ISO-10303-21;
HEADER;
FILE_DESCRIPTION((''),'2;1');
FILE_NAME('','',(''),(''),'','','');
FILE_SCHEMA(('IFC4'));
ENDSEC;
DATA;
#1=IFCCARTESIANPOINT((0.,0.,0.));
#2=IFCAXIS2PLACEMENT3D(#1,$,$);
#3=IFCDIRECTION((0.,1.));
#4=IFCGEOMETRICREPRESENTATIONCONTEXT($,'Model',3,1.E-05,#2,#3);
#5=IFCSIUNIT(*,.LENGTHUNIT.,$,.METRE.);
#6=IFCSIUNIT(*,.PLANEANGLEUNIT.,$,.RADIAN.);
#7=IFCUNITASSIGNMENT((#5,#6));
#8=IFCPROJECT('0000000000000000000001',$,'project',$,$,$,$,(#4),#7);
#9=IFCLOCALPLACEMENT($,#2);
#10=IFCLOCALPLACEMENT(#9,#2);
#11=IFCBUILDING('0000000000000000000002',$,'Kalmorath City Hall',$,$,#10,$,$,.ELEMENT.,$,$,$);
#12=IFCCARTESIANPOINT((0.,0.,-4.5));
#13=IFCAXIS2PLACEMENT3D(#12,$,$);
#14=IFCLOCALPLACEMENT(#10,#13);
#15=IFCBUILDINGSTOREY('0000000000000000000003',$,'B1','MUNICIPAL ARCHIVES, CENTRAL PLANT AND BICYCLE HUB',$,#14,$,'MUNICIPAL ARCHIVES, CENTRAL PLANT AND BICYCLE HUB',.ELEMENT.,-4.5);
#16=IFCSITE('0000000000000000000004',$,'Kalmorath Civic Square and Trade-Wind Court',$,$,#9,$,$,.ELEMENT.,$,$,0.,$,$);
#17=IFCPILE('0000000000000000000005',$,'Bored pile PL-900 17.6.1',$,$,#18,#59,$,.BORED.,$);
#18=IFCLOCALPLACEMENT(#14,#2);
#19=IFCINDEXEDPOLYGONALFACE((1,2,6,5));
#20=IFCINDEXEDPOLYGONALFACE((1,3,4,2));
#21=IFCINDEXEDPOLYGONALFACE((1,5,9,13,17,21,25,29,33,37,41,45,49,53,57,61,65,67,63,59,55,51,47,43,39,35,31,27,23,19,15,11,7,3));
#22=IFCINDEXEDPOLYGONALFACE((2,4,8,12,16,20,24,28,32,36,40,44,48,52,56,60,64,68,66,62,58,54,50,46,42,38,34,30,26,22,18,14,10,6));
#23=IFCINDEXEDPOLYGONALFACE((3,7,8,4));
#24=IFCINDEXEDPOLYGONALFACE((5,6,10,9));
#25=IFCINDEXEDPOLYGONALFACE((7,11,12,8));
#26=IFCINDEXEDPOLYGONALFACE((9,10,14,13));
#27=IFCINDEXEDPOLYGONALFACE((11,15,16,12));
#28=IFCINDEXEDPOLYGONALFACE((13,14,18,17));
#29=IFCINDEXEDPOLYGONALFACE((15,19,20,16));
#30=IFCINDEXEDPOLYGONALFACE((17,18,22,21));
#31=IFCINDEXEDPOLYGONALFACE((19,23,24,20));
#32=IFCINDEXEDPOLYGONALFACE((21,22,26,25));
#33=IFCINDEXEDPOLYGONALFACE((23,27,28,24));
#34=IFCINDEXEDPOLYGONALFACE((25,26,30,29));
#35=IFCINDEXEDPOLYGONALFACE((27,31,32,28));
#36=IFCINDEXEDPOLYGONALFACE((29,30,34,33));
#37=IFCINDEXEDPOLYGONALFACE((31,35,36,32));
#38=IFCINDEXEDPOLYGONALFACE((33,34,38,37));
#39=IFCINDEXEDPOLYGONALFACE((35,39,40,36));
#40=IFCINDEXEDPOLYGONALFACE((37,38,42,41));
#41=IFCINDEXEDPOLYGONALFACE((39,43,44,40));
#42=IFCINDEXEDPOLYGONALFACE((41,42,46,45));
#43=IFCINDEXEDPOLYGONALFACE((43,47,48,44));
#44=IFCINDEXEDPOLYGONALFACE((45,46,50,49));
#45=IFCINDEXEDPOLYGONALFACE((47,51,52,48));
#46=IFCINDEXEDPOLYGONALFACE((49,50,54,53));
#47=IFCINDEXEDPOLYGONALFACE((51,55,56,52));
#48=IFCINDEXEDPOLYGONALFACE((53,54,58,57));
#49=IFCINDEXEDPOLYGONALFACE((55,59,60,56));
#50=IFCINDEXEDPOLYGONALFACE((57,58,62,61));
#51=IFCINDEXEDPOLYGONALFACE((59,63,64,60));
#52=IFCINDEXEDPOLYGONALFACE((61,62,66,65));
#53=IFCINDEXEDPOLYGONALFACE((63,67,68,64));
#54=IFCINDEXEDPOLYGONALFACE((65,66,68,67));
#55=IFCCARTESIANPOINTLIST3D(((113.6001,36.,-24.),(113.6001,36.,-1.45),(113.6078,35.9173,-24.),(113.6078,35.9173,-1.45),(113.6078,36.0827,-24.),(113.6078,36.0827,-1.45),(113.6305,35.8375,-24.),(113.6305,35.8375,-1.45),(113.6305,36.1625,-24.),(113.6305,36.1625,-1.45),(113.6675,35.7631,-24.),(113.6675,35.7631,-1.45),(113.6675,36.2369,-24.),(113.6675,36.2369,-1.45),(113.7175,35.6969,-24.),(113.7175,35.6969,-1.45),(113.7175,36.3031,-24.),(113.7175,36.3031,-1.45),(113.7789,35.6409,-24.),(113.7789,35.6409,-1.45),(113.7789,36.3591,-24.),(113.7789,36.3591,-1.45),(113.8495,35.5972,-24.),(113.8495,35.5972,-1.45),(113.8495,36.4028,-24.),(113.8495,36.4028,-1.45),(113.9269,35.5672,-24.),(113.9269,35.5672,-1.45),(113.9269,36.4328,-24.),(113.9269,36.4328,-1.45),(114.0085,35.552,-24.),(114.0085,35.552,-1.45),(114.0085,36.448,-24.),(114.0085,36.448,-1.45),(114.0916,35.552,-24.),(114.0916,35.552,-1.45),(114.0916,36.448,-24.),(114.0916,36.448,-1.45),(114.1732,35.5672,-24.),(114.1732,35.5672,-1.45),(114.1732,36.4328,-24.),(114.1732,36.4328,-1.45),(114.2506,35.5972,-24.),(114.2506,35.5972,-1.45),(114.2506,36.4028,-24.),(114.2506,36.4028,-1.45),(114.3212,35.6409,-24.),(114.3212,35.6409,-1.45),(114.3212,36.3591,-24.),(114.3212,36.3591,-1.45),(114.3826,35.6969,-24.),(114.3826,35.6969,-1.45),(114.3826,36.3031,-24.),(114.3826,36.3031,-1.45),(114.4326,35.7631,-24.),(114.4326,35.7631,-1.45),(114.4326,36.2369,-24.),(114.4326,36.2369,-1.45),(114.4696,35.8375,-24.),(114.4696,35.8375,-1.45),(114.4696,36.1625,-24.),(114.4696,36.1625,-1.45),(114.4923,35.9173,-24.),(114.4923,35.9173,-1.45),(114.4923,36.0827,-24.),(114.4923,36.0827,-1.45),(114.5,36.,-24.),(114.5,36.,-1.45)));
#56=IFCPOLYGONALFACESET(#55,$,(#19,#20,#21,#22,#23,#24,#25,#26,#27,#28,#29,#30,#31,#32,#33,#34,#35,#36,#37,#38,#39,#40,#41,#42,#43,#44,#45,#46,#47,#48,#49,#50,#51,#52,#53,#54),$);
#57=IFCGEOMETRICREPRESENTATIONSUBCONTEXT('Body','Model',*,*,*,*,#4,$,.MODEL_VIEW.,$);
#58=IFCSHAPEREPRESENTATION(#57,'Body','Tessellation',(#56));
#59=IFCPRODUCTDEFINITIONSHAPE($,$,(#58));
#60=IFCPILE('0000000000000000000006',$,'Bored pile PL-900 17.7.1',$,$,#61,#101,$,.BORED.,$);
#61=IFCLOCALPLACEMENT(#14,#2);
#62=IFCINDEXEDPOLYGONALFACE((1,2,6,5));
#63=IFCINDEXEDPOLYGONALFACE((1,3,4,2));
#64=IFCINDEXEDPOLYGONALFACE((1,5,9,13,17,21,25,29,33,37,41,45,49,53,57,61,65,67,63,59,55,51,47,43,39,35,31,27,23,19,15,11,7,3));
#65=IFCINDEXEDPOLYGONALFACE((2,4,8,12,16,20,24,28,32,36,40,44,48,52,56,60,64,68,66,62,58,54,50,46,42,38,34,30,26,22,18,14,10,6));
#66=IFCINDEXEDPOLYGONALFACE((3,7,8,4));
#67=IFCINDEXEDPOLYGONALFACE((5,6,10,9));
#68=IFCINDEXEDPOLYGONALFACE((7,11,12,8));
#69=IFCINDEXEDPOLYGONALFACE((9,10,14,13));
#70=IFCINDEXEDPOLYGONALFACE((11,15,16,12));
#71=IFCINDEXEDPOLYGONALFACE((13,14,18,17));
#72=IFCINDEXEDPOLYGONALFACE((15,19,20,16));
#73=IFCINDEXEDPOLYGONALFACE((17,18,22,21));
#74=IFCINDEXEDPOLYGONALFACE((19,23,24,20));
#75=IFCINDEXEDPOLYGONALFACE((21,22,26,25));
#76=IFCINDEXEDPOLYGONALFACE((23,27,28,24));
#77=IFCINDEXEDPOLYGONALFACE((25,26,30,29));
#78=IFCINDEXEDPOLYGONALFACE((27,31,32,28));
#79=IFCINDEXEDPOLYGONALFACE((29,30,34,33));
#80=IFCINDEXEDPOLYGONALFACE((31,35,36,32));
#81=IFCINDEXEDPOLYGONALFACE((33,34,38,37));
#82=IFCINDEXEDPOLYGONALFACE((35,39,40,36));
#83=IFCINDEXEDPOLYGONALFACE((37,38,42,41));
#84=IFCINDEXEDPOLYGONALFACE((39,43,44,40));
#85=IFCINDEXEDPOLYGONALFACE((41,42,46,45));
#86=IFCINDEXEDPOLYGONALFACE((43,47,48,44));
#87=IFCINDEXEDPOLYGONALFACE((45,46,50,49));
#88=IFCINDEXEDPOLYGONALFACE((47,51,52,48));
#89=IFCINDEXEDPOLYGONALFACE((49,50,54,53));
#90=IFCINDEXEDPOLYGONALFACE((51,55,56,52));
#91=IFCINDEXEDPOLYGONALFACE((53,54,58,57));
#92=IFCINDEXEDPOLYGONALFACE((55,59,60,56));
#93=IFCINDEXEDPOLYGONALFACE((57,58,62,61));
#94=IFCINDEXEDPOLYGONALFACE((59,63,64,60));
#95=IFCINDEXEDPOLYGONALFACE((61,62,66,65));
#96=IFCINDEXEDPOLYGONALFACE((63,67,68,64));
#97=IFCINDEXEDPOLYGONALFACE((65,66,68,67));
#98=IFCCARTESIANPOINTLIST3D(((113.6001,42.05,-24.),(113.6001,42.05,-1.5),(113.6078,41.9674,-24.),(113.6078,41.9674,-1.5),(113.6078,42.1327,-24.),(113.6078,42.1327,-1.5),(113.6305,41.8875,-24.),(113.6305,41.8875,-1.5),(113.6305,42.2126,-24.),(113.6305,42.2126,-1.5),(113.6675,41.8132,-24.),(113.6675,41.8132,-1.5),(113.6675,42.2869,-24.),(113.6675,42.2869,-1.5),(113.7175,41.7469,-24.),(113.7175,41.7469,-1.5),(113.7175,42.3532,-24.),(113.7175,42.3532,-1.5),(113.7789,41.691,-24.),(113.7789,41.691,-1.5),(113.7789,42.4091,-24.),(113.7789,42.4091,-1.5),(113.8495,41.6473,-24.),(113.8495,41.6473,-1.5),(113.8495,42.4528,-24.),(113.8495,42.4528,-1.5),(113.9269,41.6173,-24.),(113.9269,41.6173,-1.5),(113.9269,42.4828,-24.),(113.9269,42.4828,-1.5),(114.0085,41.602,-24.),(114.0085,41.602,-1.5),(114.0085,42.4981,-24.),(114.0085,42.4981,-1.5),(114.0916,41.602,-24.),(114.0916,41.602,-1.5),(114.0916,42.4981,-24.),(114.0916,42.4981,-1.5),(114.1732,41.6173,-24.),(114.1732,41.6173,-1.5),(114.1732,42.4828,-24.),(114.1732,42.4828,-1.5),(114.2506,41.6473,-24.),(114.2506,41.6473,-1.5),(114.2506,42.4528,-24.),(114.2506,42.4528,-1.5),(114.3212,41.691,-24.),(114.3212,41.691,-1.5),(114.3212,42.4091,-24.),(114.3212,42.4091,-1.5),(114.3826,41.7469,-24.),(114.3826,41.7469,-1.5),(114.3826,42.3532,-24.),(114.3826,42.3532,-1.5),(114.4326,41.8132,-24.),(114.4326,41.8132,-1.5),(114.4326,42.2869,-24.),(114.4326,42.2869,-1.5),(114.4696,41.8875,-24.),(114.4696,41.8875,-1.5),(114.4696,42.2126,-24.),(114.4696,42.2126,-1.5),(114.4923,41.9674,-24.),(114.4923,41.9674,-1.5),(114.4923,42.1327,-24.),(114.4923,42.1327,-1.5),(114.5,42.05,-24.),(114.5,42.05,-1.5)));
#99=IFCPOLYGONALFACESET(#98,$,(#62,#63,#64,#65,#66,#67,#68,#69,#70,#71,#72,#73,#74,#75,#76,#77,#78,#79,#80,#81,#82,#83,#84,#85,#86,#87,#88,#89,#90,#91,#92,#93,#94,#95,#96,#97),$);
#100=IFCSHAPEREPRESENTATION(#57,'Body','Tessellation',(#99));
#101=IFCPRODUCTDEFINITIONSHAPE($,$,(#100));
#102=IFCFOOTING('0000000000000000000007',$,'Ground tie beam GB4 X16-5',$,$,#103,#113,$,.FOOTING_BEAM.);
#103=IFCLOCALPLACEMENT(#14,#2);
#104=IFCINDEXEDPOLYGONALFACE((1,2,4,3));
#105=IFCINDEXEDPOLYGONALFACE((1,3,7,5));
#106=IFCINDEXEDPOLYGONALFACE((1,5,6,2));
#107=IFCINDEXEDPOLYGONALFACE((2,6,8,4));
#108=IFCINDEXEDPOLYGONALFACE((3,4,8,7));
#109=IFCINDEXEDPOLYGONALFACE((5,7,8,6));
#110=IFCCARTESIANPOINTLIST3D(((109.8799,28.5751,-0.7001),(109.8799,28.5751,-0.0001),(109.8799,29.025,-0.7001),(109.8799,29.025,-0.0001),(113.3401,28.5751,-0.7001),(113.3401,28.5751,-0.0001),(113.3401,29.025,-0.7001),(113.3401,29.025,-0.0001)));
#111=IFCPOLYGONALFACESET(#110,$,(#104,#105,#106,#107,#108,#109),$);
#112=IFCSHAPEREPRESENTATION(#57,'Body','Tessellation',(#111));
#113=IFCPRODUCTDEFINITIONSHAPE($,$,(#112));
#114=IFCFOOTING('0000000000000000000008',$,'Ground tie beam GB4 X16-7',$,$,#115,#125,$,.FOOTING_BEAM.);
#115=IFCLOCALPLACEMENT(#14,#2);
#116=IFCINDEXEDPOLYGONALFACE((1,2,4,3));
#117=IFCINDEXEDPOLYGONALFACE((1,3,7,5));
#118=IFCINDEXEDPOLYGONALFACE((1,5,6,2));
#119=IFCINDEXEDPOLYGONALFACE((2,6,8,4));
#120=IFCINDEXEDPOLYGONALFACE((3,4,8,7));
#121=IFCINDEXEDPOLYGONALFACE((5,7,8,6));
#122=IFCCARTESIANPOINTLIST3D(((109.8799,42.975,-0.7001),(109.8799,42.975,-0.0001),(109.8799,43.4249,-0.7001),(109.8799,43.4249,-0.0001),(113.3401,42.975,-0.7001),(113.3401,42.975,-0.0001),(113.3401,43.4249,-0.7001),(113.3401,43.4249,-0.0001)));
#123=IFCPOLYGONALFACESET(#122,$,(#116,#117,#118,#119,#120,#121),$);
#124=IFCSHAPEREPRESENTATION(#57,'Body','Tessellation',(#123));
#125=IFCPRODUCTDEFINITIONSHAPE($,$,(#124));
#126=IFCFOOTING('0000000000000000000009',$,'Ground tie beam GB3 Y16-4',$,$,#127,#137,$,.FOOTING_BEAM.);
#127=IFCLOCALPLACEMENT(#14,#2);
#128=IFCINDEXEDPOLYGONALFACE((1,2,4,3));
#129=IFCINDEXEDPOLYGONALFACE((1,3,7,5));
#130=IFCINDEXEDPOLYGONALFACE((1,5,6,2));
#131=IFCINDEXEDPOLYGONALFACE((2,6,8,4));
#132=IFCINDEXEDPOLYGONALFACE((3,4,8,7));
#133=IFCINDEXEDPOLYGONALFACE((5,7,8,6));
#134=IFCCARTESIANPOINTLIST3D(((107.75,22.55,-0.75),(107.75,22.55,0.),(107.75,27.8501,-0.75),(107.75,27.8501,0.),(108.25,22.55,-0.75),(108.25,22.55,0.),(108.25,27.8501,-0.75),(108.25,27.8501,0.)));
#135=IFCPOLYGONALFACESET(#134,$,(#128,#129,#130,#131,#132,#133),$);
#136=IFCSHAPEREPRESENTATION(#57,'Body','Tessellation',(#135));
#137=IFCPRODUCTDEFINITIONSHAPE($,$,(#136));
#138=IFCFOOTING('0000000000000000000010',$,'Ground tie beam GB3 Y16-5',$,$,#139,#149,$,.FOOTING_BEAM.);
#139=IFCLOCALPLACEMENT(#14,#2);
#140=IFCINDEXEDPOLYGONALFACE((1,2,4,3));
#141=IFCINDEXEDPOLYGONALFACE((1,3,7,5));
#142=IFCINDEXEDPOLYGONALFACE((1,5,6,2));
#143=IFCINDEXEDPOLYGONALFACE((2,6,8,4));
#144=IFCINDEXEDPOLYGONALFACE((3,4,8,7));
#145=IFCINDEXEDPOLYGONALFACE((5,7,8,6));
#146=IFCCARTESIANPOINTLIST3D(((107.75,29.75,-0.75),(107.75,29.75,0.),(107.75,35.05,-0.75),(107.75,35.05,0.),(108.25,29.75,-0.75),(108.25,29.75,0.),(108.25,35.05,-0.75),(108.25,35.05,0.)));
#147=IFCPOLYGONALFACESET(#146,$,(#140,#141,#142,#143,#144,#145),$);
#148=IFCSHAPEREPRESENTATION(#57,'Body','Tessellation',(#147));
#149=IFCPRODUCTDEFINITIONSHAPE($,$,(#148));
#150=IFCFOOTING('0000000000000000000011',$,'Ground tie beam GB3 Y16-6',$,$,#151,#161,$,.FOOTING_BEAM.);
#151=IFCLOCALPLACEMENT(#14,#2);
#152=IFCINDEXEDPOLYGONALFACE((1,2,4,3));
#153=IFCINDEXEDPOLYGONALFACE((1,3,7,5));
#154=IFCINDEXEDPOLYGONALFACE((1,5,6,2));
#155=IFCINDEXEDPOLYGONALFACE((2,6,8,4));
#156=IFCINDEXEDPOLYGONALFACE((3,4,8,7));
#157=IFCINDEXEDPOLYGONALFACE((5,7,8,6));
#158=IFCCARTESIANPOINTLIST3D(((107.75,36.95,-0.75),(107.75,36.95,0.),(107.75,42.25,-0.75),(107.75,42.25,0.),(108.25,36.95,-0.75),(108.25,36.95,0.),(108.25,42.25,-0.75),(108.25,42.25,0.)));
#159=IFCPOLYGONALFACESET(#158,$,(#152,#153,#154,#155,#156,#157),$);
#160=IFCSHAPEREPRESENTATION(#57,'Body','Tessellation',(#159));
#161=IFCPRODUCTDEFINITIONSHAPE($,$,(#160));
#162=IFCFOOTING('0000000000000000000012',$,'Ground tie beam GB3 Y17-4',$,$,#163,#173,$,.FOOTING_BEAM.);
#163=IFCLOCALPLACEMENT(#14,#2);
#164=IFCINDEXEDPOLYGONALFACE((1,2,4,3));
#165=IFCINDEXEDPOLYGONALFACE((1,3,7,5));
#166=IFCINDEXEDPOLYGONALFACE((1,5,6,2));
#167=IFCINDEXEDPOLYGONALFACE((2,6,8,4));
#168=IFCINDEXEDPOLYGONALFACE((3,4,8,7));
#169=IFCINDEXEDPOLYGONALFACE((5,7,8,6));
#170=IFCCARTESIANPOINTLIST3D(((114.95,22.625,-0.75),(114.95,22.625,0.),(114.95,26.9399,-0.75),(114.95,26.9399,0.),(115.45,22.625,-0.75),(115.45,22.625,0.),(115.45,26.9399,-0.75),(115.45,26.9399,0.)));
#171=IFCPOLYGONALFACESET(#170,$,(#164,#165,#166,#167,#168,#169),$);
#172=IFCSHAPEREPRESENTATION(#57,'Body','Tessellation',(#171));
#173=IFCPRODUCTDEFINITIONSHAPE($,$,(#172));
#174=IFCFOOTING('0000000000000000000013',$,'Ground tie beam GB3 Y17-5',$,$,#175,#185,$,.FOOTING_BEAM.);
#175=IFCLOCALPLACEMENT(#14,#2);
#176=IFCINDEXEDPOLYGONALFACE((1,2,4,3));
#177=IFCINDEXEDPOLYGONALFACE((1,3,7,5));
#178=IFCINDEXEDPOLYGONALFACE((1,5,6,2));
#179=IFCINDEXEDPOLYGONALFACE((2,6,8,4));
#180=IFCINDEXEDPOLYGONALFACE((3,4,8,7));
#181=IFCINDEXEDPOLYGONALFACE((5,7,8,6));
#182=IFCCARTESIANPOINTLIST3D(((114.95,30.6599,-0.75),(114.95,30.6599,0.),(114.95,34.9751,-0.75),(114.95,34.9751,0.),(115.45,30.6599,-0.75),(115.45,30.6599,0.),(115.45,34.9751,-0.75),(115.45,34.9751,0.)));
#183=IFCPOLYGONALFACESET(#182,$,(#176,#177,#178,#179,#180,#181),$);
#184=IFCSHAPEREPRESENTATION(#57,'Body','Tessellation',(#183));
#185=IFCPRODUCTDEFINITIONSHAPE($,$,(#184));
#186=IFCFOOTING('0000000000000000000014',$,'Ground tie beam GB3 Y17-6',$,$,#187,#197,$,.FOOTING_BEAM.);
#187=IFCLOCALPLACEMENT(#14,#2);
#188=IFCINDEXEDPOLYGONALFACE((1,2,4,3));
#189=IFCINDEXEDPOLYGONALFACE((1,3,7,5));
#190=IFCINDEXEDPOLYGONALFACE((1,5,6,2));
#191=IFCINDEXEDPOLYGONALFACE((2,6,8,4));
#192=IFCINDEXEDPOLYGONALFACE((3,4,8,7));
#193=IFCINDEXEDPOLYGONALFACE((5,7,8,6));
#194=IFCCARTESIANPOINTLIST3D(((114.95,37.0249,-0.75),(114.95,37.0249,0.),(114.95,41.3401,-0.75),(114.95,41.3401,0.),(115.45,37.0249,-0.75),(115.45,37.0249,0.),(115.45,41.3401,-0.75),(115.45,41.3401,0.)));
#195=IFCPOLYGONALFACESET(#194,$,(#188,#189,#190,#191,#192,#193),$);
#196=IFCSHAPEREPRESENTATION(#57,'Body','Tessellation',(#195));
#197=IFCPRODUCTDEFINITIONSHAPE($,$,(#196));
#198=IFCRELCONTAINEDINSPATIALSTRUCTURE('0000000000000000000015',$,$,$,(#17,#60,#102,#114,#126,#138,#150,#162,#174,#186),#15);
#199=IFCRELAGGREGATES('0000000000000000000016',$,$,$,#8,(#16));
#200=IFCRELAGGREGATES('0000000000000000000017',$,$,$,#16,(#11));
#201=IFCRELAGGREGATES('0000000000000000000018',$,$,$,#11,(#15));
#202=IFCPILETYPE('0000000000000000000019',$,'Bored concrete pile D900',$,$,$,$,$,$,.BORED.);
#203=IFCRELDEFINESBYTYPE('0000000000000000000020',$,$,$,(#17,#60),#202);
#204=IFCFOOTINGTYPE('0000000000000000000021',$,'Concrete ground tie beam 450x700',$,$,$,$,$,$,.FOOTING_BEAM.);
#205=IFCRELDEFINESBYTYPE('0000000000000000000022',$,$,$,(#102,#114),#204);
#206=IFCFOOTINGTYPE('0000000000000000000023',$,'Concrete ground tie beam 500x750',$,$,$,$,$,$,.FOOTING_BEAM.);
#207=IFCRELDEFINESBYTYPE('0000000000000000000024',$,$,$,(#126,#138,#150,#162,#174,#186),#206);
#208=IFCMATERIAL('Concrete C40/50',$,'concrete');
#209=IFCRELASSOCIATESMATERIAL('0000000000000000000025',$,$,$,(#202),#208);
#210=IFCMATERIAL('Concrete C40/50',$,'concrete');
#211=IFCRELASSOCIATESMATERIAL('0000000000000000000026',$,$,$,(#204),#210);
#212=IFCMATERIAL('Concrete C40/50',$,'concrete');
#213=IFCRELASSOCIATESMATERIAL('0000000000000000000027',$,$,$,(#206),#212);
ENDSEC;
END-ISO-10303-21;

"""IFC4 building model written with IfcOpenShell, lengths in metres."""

from ifc_helpers import new_model, si_unit, direction, frame, origin, origin_2d, place, context, subcontext, project, spatial, rectangle, circle, extrude, material, material_profile, profile_set, type_object, element, save


model = new_model("IFC4")

# Units and contexts
model_context = context("Model", 3, precision=1e-05, world=origin(), true_north=direction((0.0, 1.0)))
body_context = subcontext(model_context, "Body", "Model", "MODEL_VIEW")
ifc_project = project(units=[si_unit("LENGTHUNIT", "METRE"), si_unit("PLANEANGLEUNIT", "RADIAN")], contexts=[model_context])

# Site, building, storey
site_placement = place(None, origin())
site = spatial("IfcSite", under=ifc_project, at=site_placement, Name="Kalmorath Civic Square and Trade-Wind Court", CompositionType="ELEMENT", RefElevation=0.0)
building_placement = place(site_placement, origin())
building = spatial("IfcBuilding", under=site, at=building_placement, Name="Kalmorath City Hall", CompositionType="ELEMENT")
storey_placement = place(building_placement, frame((0.0, 0.0, -4.5)))
storey = spatial("IfcBuildingStorey", under=building, at=storey_placement, Name="B1", Description="MUNICIPAL ARCHIVES, CENTRAL PLANT AND BICYCLE HUB", LongName="MUNICIPAL ARCHIVES, CENTRAL PLANT AND BICYCLE HUB", CompositionType="ELEMENT", Elevation=-4.5)

# Piles
ifc_material_1 = material(Name="Concrete C40/50", Category="concrete")
ifc_material_profile_1 = material_profile(ifc_material_1, circle(Radius=0.45, at=origin_2d()), Name="PILE-D900")
ifc_profile_set_1 = profile_set([ifc_material_profile_1], Name="Concrete C40/50")
pile_type = type_object("IfcPileType", Name="Bored concrete pile D900", PredefinedType="BORED", material=ifc_profile_set_1)
pile_1_placement = place(storey_placement, frame((114.05, 36.0, -1.45), z_axis=(0.0, 0.0, -1.0), x_axis=(1.0, 0.0, 0.0)))
element("IfcPile", 1, at=pile_1_placement, inside=storey, type_object=pile_type, Name="Bored pile PL-900 17.6.1", PredefinedType="BORED", context=body_context, shape_type="SweptSolid", body=[
    extrude(circle(Radius=0.45, at=origin_2d()), origin(), (0.0, 0.0, 1.0), 22.55),
])
pile_2_placement = place(storey_placement, frame((114.05, 42.05, -1.5), z_axis=(0.0, 0.0, -1.0), x_axis=(1.0, 0.0, 0.0)))
element("IfcPile", 2, at=pile_2_placement, inside=storey, type_object=pile_type, Name="Bored pile PL-900 17.7.1", PredefinedType="BORED", context=body_context, shape_type="SweptSolid", body=[
    extrude(circle(Radius=0.45, at=origin_2d()), origin(), (0.0, 0.0, 1.0), 22.5),
])

# Footings
ifc_material_2 = material(Name="Concrete C40/50", Category="concrete")
ifc_material_profile_2 = material_profile(ifc_material_2, rectangle(XDim=0.45, YDim=0.7, at=origin_2d()), Name="RC-BM-450X700")
ifc_profile_set_2 = profile_set([ifc_material_profile_2], Name="Concrete C40/50")
footing_type_1 = type_object("IfcFootingType", Name="Concrete ground tie beam 450x700", PredefinedType="FOOTING_BEAM", material=ifc_profile_set_2)
for number, where, z_axis, x_axis, name in (
    (3, (109.8799, 28.8, -0.3501), (1.0, 0.0, 0.0), (0.0, 1.0, 0.0), "Ground tie beam GB4 X16-5"),
    (4, (109.8799, 43.2, -0.3501), (1.0, 0.0, 0.0), (0.0, 1.0, 0.0), "Ground tie beam GB4 X16-7"),
):
    element("IfcFooting", number, at=place(storey_placement, frame(where, z_axis=z_axis, x_axis=x_axis)), inside=storey, type_object=footing_type_1, Name=name, PredefinedType="FOOTING_BEAM", context=body_context, shape_type="SweptSolid", body=[
        extrude(rectangle(XDim=0.45, YDim=0.7, at=origin_2d()), origin(), (0.0, 0.0, 1.0), 3.4602),
    ])
ifc_material_3 = material(Name="Concrete C40/50", Category="concrete")
ifc_material_profile_3 = material_profile(ifc_material_3, rectangle(XDim=0.5, YDim=0.75, at=origin_2d()), Name="RC-BM-500X750")
ifc_profile_set_3 = profile_set([ifc_material_profile_3], Name="Concrete C40/50")
footing_type_2 = type_object("IfcFootingType", Name="Concrete ground tie beam 500x750", PredefinedType="FOOTING_BEAM", material=ifc_profile_set_3)
for number, where, z_axis, x_axis, name in (
    (5, (108.0, 22.55, -0.375), (0.0, 1.0, 0.0), (-1.0, 0.0, 0.0), "Ground tie beam GB3 Y16-4"),
    (6, (108.0, 29.75, -0.375), (0.0, 1.0, 0.0), (-1.0, 0.0, 0.0), "Ground tie beam GB3 Y16-5"),
    (7, (108.0, 36.95, -0.375), (0.0, 1.0, 0.0), (-1.0, 0.0, 0.0), "Ground tie beam GB3 Y16-6"),
):
    element("IfcFooting", number, at=place(storey_placement, frame(where, z_axis=z_axis, x_axis=x_axis)), inside=storey, type_object=footing_type_2, Name=name, PredefinedType="FOOTING_BEAM", context=body_context, shape_type="SweptSolid", body=[
        extrude(rectangle(XDim=0.5, YDim=0.75, at=origin_2d()), origin(), (0.0, 0.0, 1.0), 5.3),
    ])
footing_1_placement = place(storey_placement, frame((115.2, 22.625, -0.375), z_axis=(0.0, 1.0, 0.0), x_axis=(-1.0, 0.0, 0.0)))
element("IfcFooting", 8, at=footing_1_placement, inside=storey, type_object=footing_type_2, Name="Ground tie beam GB3 Y17-4", PredefinedType="FOOTING_BEAM", context=body_context, shape_type="SweptSolid", body=[
    extrude(rectangle(XDim=0.5, YDim=0.75, at=origin_2d()), origin(), (0.0, 0.0, 1.0), 4.3149),
])
for number, where, z_axis, x_axis, name in (
    (9, (115.2, 30.6599, -0.375), (0.0, 1.0, 0.0), (-1.0, 0.0, 0.0), "Ground tie beam GB3 Y17-5"),
    (10, (115.2, 37.0249, -0.375), (0.0, 1.0, 0.0), (-1.0, 0.0, 0.0), "Ground tie beam GB3 Y17-6"),
):
    element("IfcFooting", number, at=place(storey_placement, frame(where, z_axis=z_axis, x_axis=x_axis)), inside=storey, type_object=footing_type_2, Name=name, PredefinedType="FOOTING_BEAM", context=body_context, shape_type="SweptSolid", body=[
        extrude(rectangle(XDim=0.5, YDim=0.75, at=origin_2d()), origin(), (0.0, 0.0, 1.0), 4.3152),
    ])

save(model, "model.ifc")
